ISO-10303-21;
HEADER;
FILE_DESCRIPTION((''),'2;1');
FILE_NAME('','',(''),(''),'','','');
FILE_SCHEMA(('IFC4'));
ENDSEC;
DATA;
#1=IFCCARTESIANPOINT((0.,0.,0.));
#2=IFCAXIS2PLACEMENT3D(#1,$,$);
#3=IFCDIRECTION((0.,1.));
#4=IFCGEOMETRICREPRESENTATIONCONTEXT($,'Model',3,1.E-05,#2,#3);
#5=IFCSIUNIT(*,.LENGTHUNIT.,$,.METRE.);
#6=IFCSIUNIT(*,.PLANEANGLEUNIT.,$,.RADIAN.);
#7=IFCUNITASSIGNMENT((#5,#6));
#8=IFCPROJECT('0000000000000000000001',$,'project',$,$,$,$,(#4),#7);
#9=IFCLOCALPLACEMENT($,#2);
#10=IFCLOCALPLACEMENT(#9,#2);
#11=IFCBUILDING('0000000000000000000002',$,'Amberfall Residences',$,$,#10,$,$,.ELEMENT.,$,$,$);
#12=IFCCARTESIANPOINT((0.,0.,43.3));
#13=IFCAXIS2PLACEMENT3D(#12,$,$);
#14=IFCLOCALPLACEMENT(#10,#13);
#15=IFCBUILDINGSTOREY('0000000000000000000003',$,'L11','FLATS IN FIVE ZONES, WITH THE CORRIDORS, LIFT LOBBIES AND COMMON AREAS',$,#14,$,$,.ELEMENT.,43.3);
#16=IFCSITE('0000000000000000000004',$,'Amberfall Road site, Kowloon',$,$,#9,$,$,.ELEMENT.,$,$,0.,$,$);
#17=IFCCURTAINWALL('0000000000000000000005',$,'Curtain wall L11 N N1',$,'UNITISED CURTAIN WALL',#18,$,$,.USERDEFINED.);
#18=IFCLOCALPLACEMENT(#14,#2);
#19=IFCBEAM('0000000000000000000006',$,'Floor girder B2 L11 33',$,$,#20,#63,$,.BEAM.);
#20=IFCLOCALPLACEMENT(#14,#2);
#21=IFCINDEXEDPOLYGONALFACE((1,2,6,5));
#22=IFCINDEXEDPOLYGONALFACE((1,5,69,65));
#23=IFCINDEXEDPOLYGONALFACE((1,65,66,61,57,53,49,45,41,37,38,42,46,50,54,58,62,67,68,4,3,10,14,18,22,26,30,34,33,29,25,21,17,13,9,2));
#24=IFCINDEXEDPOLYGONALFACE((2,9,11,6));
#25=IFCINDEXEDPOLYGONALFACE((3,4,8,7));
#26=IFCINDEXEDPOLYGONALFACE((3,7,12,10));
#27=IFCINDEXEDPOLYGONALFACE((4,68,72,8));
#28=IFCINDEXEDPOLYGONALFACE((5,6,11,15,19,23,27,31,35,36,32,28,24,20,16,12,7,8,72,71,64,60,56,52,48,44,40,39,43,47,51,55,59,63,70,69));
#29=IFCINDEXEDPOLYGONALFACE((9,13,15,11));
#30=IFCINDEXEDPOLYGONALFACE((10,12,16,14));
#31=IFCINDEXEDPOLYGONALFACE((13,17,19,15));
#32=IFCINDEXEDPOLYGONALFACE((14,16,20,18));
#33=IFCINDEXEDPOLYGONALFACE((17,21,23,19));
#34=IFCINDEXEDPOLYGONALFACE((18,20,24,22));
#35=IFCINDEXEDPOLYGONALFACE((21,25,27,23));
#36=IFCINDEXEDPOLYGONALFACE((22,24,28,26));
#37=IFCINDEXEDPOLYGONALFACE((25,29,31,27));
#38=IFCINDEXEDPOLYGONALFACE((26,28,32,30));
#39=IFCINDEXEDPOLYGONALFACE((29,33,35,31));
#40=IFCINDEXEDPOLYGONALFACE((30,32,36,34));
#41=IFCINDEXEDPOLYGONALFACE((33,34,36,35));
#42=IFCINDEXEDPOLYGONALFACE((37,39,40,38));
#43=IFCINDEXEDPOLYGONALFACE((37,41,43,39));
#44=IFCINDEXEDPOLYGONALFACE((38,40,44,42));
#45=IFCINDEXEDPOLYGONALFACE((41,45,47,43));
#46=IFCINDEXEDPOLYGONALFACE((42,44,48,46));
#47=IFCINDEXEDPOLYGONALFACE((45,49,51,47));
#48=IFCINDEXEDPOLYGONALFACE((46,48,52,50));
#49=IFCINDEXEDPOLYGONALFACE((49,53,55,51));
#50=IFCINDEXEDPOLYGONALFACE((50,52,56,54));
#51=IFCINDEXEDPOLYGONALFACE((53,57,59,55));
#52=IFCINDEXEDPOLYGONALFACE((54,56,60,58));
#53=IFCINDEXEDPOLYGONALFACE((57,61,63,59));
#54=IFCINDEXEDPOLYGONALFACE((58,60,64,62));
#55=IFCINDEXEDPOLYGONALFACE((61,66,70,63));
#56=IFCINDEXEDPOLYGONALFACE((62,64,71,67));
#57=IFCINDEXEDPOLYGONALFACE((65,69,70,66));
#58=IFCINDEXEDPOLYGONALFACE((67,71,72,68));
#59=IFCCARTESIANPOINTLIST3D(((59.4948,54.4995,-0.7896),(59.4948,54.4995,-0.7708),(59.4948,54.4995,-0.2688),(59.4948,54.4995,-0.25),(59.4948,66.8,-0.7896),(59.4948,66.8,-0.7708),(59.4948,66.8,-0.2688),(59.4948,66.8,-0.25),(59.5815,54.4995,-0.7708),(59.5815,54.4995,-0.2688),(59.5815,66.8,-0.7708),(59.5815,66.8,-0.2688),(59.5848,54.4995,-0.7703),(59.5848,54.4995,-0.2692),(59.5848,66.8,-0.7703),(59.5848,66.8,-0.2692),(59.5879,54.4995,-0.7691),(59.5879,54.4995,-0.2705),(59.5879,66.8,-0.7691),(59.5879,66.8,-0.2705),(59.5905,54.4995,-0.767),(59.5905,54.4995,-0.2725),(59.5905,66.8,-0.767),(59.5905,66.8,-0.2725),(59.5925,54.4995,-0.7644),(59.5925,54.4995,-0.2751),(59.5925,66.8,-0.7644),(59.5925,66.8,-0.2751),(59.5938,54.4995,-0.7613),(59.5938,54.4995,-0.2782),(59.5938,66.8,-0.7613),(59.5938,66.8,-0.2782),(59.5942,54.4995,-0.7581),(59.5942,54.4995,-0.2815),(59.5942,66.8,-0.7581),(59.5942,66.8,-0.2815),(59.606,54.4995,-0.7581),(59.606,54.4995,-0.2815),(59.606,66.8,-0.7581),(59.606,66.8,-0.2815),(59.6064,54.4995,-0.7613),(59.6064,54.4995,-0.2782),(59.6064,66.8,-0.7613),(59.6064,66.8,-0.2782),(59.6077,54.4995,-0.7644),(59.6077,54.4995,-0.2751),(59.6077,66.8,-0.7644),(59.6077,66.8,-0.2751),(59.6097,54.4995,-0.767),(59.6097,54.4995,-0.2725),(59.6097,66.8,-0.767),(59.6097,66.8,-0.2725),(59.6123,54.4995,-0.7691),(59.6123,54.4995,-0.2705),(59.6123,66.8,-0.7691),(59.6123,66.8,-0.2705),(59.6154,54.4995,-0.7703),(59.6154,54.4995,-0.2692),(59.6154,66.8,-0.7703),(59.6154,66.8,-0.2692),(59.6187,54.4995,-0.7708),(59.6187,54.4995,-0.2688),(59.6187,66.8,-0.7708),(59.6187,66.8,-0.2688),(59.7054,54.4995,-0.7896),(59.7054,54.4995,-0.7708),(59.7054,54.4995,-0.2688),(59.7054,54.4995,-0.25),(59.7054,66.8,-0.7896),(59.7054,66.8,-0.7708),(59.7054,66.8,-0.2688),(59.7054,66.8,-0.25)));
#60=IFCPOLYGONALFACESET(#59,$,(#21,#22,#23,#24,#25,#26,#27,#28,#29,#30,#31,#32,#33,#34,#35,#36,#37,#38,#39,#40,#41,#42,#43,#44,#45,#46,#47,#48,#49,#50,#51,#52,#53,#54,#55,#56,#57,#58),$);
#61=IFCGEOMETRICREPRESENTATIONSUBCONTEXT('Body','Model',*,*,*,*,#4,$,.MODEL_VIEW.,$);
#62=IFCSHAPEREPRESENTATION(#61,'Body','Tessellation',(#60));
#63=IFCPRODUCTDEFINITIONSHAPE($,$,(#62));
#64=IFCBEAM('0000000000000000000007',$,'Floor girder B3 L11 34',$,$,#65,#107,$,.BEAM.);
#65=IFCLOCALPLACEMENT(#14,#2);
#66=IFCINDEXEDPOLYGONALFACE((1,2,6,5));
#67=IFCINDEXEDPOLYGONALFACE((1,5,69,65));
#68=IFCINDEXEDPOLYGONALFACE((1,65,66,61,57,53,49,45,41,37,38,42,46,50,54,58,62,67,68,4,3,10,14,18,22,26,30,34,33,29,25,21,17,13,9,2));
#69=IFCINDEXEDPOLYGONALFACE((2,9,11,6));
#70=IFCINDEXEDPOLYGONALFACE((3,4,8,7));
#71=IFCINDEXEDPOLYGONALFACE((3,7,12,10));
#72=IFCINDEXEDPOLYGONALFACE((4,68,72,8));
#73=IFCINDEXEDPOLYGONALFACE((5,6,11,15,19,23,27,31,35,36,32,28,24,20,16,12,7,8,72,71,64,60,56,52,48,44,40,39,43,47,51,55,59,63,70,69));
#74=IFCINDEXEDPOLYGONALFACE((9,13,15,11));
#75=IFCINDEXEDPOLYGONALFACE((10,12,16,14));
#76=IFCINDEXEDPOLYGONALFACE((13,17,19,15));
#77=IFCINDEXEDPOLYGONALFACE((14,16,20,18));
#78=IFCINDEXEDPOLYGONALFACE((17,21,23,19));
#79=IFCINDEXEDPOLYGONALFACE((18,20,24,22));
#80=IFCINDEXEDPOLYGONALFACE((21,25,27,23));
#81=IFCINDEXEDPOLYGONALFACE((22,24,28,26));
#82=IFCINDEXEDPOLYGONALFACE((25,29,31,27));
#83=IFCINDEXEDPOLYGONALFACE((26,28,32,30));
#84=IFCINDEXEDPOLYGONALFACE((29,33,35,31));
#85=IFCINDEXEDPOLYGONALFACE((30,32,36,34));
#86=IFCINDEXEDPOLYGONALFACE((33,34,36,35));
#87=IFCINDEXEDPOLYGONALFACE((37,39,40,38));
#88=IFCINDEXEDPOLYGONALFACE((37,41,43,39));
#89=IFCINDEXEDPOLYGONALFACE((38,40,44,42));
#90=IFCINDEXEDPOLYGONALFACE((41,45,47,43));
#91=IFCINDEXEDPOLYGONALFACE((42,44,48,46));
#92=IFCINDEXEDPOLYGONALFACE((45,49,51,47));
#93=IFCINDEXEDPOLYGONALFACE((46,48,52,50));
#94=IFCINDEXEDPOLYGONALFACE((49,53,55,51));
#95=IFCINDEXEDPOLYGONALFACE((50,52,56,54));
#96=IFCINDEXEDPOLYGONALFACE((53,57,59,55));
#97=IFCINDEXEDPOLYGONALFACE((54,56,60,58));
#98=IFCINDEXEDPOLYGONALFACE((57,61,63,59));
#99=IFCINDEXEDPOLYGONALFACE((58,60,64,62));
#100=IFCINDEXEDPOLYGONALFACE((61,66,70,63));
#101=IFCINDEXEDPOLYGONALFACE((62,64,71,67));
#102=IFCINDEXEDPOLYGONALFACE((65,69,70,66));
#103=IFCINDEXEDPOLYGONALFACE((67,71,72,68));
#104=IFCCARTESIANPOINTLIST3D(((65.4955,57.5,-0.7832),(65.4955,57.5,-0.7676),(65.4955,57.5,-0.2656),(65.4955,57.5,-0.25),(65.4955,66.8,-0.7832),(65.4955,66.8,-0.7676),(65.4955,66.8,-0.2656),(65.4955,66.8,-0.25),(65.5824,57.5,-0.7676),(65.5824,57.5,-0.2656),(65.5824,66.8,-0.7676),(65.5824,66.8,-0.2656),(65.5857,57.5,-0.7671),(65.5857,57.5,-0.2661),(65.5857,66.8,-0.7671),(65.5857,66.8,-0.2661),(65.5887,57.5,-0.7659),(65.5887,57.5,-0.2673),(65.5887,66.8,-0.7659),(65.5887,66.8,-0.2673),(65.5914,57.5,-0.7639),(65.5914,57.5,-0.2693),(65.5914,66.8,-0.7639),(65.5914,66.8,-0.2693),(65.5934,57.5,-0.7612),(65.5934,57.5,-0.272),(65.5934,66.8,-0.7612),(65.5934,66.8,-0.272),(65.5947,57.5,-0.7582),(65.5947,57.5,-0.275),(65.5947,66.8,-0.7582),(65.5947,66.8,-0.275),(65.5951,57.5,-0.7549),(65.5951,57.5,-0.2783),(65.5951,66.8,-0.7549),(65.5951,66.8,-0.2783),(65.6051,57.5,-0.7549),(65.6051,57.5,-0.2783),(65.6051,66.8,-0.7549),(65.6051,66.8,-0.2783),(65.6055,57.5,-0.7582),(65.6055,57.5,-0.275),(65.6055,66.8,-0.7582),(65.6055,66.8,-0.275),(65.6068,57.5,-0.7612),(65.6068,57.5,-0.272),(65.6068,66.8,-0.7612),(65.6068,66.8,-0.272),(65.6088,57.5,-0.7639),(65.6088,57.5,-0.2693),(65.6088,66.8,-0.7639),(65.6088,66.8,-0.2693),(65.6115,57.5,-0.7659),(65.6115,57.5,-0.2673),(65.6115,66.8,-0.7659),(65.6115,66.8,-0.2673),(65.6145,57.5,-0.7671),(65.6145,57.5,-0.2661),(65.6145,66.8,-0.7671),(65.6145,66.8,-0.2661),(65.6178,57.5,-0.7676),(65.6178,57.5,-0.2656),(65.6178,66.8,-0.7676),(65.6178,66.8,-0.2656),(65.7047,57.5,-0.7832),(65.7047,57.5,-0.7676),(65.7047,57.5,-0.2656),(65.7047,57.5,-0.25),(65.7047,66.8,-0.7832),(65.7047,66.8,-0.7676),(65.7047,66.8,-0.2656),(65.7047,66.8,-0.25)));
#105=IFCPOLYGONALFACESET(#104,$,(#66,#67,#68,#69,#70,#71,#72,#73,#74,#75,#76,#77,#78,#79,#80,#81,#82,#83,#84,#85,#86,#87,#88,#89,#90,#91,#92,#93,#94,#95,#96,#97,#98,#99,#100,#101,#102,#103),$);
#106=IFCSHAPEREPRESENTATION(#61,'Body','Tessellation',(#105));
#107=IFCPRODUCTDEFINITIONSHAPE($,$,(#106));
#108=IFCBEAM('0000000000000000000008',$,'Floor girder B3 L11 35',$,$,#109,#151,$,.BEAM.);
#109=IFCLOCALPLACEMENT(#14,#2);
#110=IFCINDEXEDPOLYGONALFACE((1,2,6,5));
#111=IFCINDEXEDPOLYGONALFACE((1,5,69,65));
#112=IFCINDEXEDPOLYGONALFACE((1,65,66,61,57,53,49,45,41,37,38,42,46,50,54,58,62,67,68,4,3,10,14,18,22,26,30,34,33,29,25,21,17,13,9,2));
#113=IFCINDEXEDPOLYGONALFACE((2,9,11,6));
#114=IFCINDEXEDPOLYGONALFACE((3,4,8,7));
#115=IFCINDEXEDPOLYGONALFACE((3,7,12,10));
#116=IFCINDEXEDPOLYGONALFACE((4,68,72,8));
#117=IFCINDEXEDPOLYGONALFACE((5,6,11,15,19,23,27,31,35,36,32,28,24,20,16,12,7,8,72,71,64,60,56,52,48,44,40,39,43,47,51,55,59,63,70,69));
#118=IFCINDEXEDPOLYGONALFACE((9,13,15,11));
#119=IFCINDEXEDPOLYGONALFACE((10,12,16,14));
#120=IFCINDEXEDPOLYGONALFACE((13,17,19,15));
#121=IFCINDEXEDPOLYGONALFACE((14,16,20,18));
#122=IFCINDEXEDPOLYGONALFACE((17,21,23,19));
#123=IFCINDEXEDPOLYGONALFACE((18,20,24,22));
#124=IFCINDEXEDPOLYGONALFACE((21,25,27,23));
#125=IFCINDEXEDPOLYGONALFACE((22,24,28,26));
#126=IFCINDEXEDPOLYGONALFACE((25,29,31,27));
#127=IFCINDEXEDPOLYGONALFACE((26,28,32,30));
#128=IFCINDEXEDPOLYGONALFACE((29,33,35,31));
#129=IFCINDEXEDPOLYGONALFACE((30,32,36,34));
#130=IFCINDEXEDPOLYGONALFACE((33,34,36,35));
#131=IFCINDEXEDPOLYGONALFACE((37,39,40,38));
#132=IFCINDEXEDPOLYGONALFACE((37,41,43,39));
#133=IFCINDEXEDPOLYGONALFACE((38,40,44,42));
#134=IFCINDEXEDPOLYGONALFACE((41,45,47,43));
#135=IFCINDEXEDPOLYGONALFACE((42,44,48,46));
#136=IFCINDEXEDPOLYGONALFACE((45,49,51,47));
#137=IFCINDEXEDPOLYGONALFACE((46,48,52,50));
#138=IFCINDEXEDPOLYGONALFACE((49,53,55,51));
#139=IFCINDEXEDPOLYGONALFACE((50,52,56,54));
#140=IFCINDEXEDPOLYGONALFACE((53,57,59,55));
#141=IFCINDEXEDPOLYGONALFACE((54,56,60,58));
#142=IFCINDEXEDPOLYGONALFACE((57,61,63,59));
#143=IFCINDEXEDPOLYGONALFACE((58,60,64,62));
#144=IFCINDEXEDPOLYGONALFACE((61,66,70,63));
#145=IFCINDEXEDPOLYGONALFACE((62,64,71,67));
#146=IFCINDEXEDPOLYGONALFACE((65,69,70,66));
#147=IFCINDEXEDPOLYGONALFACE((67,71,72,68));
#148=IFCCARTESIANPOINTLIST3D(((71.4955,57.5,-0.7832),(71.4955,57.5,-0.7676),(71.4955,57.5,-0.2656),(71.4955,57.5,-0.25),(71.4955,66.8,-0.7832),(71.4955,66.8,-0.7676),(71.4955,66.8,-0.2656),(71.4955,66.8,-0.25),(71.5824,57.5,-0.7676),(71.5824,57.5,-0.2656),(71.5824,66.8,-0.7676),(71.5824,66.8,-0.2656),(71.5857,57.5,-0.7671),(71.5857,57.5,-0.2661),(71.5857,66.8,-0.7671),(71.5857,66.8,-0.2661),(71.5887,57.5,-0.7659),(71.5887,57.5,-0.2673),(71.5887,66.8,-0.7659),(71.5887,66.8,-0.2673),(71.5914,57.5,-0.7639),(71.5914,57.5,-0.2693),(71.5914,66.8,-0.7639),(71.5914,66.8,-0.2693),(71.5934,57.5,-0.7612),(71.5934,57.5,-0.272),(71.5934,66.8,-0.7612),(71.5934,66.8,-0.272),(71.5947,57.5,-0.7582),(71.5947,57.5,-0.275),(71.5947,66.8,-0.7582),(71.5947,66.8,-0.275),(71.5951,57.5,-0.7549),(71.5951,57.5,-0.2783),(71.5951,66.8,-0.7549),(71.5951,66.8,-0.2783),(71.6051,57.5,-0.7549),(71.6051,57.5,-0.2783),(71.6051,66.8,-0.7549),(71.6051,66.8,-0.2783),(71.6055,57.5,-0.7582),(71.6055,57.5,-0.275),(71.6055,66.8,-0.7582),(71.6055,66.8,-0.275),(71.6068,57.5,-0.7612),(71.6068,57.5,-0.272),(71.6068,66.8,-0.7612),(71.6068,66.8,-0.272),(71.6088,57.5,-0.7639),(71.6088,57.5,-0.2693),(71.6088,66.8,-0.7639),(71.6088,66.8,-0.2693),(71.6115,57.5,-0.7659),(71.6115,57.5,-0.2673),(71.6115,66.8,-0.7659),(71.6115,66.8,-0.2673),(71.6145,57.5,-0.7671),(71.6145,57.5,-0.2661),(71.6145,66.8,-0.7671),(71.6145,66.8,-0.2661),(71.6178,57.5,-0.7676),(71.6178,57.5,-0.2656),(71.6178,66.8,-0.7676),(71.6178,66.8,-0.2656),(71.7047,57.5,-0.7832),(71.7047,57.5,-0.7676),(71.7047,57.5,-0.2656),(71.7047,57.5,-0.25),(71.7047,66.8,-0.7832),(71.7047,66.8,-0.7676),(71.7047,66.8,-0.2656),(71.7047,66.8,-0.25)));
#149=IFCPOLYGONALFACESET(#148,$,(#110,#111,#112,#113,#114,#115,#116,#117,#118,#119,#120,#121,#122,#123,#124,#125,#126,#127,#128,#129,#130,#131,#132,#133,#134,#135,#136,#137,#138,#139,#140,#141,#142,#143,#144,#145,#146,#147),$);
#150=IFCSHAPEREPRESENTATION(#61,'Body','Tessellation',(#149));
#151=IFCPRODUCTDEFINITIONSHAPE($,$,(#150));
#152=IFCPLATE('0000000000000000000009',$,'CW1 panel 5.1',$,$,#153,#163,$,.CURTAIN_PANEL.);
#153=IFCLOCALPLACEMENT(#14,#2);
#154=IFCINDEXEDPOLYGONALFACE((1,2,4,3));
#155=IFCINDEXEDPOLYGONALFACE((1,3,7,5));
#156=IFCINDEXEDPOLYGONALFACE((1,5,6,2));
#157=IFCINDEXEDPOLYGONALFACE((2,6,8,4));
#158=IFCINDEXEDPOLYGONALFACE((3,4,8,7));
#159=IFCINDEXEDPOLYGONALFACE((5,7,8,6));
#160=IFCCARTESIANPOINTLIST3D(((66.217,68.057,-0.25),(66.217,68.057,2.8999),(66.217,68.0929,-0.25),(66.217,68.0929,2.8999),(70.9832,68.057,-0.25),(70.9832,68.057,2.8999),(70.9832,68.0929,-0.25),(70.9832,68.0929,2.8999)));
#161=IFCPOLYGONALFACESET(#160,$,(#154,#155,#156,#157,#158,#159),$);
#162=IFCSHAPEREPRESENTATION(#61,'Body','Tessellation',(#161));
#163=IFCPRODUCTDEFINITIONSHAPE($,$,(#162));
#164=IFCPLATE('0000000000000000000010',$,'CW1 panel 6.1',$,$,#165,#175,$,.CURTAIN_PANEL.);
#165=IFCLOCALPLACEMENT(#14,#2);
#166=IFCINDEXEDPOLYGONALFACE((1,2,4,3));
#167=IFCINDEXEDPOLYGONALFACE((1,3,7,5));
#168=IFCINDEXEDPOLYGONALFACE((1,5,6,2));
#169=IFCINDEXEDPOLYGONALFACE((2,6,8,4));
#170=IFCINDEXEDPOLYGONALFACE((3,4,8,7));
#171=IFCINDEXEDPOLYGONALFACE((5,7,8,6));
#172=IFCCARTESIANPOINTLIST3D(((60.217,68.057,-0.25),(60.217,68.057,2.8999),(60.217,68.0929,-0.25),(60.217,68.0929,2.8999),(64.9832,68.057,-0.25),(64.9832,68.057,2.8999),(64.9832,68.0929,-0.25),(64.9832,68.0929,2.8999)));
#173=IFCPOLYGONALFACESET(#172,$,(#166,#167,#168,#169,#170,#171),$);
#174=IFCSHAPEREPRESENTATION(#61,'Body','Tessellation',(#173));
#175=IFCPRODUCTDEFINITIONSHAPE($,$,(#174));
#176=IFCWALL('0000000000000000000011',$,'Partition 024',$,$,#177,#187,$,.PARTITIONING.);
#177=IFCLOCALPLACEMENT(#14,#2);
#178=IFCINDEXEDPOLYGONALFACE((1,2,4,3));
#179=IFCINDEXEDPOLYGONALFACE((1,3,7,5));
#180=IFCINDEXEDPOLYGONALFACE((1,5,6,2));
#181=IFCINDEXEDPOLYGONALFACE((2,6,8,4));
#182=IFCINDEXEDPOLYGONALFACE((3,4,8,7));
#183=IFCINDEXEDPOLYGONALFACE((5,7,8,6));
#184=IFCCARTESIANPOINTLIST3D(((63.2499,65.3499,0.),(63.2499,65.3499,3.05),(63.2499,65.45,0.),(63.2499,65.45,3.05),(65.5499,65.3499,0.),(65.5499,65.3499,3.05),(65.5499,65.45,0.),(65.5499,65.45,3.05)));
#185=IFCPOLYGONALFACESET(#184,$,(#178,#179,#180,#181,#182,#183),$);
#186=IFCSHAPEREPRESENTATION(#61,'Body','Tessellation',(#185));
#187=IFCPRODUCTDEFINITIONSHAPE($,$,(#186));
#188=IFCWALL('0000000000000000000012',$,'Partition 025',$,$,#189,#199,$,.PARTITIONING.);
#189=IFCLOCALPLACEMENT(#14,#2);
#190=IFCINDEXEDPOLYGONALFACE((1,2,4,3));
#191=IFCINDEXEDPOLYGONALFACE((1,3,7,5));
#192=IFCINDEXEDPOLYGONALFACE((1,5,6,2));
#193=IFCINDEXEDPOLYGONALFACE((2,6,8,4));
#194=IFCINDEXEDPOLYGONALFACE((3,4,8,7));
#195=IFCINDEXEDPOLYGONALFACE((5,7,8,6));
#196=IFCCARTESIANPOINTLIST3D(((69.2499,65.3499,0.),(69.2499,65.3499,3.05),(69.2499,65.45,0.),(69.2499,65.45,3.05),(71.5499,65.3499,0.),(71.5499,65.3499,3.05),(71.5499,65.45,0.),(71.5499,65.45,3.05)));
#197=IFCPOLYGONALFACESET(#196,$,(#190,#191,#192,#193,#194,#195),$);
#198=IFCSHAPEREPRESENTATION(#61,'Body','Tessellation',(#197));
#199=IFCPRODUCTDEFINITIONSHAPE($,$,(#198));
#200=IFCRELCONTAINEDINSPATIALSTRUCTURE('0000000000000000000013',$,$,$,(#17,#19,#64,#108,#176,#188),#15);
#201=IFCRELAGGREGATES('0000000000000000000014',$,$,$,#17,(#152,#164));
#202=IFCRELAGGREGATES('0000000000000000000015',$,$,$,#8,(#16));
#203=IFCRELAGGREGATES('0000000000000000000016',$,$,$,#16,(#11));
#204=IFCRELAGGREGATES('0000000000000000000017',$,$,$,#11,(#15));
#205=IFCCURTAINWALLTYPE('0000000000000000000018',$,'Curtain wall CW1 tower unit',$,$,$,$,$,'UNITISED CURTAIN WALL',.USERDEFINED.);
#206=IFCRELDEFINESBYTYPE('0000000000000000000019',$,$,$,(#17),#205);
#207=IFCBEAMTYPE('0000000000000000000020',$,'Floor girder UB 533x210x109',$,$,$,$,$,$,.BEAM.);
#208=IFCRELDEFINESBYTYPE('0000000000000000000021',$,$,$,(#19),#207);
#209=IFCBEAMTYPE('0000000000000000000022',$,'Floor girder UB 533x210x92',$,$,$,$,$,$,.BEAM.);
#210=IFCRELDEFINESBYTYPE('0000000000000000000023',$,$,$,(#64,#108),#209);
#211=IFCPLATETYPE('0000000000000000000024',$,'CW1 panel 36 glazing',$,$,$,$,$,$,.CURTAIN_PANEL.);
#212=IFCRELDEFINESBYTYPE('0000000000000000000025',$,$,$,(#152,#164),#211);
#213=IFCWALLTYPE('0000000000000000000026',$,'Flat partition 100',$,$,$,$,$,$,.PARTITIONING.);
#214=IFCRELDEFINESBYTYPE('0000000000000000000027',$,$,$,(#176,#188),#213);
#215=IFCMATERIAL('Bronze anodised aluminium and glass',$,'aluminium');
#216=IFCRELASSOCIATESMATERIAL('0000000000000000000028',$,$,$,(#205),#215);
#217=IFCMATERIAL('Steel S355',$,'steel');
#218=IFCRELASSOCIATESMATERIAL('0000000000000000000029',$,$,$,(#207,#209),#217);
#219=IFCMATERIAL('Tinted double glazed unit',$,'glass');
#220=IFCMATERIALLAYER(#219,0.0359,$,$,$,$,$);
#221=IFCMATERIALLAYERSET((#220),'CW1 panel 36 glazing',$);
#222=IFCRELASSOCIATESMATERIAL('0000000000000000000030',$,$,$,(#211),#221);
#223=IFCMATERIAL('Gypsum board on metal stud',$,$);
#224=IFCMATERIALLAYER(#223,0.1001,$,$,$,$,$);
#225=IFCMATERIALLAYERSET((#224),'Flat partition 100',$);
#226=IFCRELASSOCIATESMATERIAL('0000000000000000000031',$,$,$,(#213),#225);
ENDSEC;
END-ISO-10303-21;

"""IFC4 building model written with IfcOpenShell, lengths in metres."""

from ifc_helpers import new_model, si_unit, direction, frame, frame_2d, origin, origin_2d, place, context, subcontext, project, spatial, rectangle, i_section, extrude, material, layer, layer_set, material_profile, profile_set, type_object, element, aggregate, save


model = new_model("IFC4")

# Units and contexts
model_context = context("Model", 3, precision=1e-05, world=origin(), true_north=direction((0.0, 1.0)))
body_context = subcontext(model_context, "Body", "Model", "MODEL_VIEW")
ifc_project = project(units=[si_unit("LENGTHUNIT", "METRE"), si_unit("PLANEANGLEUNIT", "RADIAN")], contexts=[model_context])

# Site, building, storey
site_placement = place(None, origin())
site = spatial("IfcSite", under=ifc_project, at=site_placement, Name="Amberfall Road site, Kowloon", CompositionType="ELEMENT", RefElevation=0.0)
building_placement = place(site_placement, origin())
building = spatial("IfcBuilding", under=site, at=building_placement, Name="Amberfall Residences", CompositionType="ELEMENT")
storey_placement = place(building_placement, frame((0.0, 0.0, 43.3)))
storey = spatial("IfcBuildingStorey", under=building, at=storey_placement, Name="L11", Description="FLATS IN FIVE ZONES, WITH THE CORRIDORS, LIFT LOBBIES AND COMMON AREAS", CompositionType="ELEMENT", Elevation=43.3)

# Curtain wall
ifc_material_1 = material(Name="Bronze anodised aluminium and glass", Category="aluminium")
curtain_wall_type = type_object("IfcCurtainWallType", Name="Curtain wall CW1 tower unit", ElementType="UNITISED CURTAIN WALL", PredefinedType="USERDEFINED", material=ifc_material_1)
curtain_wall_placement = place(storey_placement, origin())
curtain_wall = element("IfcCurtainWall", 1, at=curtain_wall_placement, inside=storey, type_object=curtain_wall_type, Name="Curtain wall L11 N N1", ObjectType="UNITISED CURTAIN WALL", PredefinedType="USERDEFINED")

# Shared definitions
ifc_material_2 = material(Name="Steel S355", Category="steel")

# Beams
ifc_material_profile_1 = material_profile(ifc_material_2, i_section(OverallWidth=0.2107, OverallDepth=0.5396, WebThickness=0.0117, FlangeThickness=0.0188, FilletRadius=0.0127, at=origin_2d()), Name="UB 533x210x109")
ifc_profile_set_1 = profile_set([ifc_material_profile_1], Name="Steel S355")
beam_type_1 = type_object("IfcBeamType", Name="Floor girder UB 533x210x109", PredefinedType="BEAM", material=ifc_profile_set_1)
beam_placement = place(storey_placement, frame((59.6001, 66.8, -0.5198), z_axis=(0.0, -1.0, 0.0), x_axis=(1.0, 0.0, 0.0)))
element("IfcBeam", 2, at=beam_placement, inside=storey, type_object=beam_type_1, Name="Floor girder B2 L11 33", PredefinedType="BEAM", context=body_context, shape_type="SweptSolid", body=[
    extrude(i_section(OverallWidth=0.2107, OverallDepth=0.5396, WebThickness=0.0117, FlangeThickness=0.0188, FilletRadius=0.0127, at=origin_2d()), origin(), (0.0, 0.0, 1.0), 12.3005),
])
ifc_material_profile_2 = material_profile(ifc_material_2, i_section(OverallWidth=0.2092, OverallDepth=0.5332, WebThickness=0.01, FlangeThickness=0.0156, FilletRadius=0.0127, at=origin_2d()), Name="UB 533x210x92")
ifc_profile_set_2 = profile_set([ifc_material_profile_2], Name="Steel S355")
beam_type_2 = type_object("IfcBeamType", Name="Floor girder UB 533x210x92", PredefinedType="BEAM", material=ifc_profile_set_2)
for number, where, z_axis, x_axis, name in (
    (3, (65.6001, 66.8, -0.5166), (0.0, -1.0, 0.0), (1.0, 0.0, 0.0), "Floor girder B3 L11 34"),
    (4, (71.6001, 66.8, -0.5166), (0.0, -1.0, 0.0), (1.0, 0.0, 0.0), "Floor girder B3 L11 35"),
):
    element("IfcBeam", number, at=place(storey_placement, frame(where, z_axis=z_axis, x_axis=x_axis)), inside=storey, type_object=beam_type_2, Name=name, PredefinedType="BEAM", context=body_context, shape_type="SweptSolid", body=[
        extrude(i_section(OverallWidth=0.2092, OverallDepth=0.5332, WebThickness=0.01, FlangeThickness=0.0156, FilletRadius=0.0127, at=origin_2d()), origin(), (0.0, 0.0, 1.0), 9.3),
    ])

# Plates
ifc_material_3 = material(Name="Tinted double glazed unit", Category="glass")
ifc_layer_1 = layer(ifc_material_3, 0.0359)
ifc_layer_set_1 = layer_set([ifc_layer_1], Name="CW1 panel 36 glazing")
plate_type = type_object("IfcPlateType", Name="CW1 panel 36 glazing", PredefinedType="CURTAIN_PANEL", material=ifc_layer_set_1)
plate_1_placement = place(storey_placement, frame((68.6001, 68.075, -0.25), z_axis=(0.0, 0.0, 1.0), x_axis=(-1.0, 0.0, 0.0)))
plate_1 = element("IfcPlate", 5, at=plate_1_placement, type_object=plate_type, Name="CW1 panel 5.1", PredefinedType="CURTAIN_PANEL", context=body_context, shape_type="SweptSolid", body=[
    extrude(rectangle(XDim=4.7661, YDim=0.0359, at=origin_2d()), origin(), (0.0, 0.0, 1.0), 3.1499),
])
plate_2_placement = place(storey_placement, frame((62.6001, 68.075, -0.25), z_axis=(0.0, 0.0, 1.0), x_axis=(-1.0, 0.0, 0.0)))
plate_2 = element("IfcPlate", 6, at=plate_2_placement, type_object=plate_type, Name="CW1 panel 6.1", PredefinedType="CURTAIN_PANEL", context=body_context, shape_type="SweptSolid", body=[
    extrude(rectangle(XDim=4.7661, YDim=0.0359, at=origin_2d()), origin(), (0.0, 0.0, 1.0), 3.1499),
])
aggregate(curtain_wall, [plate_1, plate_2])

# Walls
ifc_material_4 = material(Name="Gypsum board on metal stud")
ifc_layer_2 = layer(ifc_material_4, 0.1001)
ifc_layer_set_2 = layer_set([ifc_layer_2], Name="Flat partition 100")
wall_type = type_object("IfcWallType", Name="Flat partition 100", PredefinedType="PARTITIONING", material=ifc_layer_set_2)
for number, where, z_axis, x_axis, name in (
    (7, (63.25, 65.3999, 0.0), (0.0, 0.0, 1.0), (1.0, 0.0, 0.0), "Partition 024"),
    (8, (69.25, 65.3999, 0.0), (0.0, 0.0, 1.0), (1.0, 0.0, 0.0), "Partition 025"),
):
    element("IfcWall", number, at=place(storey_placement, frame(where, z_axis=z_axis, x_axis=x_axis)), inside=storey, type_object=wall_type, Name=name, PredefinedType="PARTITIONING", context=body_context, shape_type="SweptSolid", body=[
        extrude(rectangle(XDim=2.3, YDim=0.1001, at=frame_2d((1.1499, 0.0))), origin(), (0.0, 0.0, 1.0), 3.05),
    ])

save(model, "model.ifc")
